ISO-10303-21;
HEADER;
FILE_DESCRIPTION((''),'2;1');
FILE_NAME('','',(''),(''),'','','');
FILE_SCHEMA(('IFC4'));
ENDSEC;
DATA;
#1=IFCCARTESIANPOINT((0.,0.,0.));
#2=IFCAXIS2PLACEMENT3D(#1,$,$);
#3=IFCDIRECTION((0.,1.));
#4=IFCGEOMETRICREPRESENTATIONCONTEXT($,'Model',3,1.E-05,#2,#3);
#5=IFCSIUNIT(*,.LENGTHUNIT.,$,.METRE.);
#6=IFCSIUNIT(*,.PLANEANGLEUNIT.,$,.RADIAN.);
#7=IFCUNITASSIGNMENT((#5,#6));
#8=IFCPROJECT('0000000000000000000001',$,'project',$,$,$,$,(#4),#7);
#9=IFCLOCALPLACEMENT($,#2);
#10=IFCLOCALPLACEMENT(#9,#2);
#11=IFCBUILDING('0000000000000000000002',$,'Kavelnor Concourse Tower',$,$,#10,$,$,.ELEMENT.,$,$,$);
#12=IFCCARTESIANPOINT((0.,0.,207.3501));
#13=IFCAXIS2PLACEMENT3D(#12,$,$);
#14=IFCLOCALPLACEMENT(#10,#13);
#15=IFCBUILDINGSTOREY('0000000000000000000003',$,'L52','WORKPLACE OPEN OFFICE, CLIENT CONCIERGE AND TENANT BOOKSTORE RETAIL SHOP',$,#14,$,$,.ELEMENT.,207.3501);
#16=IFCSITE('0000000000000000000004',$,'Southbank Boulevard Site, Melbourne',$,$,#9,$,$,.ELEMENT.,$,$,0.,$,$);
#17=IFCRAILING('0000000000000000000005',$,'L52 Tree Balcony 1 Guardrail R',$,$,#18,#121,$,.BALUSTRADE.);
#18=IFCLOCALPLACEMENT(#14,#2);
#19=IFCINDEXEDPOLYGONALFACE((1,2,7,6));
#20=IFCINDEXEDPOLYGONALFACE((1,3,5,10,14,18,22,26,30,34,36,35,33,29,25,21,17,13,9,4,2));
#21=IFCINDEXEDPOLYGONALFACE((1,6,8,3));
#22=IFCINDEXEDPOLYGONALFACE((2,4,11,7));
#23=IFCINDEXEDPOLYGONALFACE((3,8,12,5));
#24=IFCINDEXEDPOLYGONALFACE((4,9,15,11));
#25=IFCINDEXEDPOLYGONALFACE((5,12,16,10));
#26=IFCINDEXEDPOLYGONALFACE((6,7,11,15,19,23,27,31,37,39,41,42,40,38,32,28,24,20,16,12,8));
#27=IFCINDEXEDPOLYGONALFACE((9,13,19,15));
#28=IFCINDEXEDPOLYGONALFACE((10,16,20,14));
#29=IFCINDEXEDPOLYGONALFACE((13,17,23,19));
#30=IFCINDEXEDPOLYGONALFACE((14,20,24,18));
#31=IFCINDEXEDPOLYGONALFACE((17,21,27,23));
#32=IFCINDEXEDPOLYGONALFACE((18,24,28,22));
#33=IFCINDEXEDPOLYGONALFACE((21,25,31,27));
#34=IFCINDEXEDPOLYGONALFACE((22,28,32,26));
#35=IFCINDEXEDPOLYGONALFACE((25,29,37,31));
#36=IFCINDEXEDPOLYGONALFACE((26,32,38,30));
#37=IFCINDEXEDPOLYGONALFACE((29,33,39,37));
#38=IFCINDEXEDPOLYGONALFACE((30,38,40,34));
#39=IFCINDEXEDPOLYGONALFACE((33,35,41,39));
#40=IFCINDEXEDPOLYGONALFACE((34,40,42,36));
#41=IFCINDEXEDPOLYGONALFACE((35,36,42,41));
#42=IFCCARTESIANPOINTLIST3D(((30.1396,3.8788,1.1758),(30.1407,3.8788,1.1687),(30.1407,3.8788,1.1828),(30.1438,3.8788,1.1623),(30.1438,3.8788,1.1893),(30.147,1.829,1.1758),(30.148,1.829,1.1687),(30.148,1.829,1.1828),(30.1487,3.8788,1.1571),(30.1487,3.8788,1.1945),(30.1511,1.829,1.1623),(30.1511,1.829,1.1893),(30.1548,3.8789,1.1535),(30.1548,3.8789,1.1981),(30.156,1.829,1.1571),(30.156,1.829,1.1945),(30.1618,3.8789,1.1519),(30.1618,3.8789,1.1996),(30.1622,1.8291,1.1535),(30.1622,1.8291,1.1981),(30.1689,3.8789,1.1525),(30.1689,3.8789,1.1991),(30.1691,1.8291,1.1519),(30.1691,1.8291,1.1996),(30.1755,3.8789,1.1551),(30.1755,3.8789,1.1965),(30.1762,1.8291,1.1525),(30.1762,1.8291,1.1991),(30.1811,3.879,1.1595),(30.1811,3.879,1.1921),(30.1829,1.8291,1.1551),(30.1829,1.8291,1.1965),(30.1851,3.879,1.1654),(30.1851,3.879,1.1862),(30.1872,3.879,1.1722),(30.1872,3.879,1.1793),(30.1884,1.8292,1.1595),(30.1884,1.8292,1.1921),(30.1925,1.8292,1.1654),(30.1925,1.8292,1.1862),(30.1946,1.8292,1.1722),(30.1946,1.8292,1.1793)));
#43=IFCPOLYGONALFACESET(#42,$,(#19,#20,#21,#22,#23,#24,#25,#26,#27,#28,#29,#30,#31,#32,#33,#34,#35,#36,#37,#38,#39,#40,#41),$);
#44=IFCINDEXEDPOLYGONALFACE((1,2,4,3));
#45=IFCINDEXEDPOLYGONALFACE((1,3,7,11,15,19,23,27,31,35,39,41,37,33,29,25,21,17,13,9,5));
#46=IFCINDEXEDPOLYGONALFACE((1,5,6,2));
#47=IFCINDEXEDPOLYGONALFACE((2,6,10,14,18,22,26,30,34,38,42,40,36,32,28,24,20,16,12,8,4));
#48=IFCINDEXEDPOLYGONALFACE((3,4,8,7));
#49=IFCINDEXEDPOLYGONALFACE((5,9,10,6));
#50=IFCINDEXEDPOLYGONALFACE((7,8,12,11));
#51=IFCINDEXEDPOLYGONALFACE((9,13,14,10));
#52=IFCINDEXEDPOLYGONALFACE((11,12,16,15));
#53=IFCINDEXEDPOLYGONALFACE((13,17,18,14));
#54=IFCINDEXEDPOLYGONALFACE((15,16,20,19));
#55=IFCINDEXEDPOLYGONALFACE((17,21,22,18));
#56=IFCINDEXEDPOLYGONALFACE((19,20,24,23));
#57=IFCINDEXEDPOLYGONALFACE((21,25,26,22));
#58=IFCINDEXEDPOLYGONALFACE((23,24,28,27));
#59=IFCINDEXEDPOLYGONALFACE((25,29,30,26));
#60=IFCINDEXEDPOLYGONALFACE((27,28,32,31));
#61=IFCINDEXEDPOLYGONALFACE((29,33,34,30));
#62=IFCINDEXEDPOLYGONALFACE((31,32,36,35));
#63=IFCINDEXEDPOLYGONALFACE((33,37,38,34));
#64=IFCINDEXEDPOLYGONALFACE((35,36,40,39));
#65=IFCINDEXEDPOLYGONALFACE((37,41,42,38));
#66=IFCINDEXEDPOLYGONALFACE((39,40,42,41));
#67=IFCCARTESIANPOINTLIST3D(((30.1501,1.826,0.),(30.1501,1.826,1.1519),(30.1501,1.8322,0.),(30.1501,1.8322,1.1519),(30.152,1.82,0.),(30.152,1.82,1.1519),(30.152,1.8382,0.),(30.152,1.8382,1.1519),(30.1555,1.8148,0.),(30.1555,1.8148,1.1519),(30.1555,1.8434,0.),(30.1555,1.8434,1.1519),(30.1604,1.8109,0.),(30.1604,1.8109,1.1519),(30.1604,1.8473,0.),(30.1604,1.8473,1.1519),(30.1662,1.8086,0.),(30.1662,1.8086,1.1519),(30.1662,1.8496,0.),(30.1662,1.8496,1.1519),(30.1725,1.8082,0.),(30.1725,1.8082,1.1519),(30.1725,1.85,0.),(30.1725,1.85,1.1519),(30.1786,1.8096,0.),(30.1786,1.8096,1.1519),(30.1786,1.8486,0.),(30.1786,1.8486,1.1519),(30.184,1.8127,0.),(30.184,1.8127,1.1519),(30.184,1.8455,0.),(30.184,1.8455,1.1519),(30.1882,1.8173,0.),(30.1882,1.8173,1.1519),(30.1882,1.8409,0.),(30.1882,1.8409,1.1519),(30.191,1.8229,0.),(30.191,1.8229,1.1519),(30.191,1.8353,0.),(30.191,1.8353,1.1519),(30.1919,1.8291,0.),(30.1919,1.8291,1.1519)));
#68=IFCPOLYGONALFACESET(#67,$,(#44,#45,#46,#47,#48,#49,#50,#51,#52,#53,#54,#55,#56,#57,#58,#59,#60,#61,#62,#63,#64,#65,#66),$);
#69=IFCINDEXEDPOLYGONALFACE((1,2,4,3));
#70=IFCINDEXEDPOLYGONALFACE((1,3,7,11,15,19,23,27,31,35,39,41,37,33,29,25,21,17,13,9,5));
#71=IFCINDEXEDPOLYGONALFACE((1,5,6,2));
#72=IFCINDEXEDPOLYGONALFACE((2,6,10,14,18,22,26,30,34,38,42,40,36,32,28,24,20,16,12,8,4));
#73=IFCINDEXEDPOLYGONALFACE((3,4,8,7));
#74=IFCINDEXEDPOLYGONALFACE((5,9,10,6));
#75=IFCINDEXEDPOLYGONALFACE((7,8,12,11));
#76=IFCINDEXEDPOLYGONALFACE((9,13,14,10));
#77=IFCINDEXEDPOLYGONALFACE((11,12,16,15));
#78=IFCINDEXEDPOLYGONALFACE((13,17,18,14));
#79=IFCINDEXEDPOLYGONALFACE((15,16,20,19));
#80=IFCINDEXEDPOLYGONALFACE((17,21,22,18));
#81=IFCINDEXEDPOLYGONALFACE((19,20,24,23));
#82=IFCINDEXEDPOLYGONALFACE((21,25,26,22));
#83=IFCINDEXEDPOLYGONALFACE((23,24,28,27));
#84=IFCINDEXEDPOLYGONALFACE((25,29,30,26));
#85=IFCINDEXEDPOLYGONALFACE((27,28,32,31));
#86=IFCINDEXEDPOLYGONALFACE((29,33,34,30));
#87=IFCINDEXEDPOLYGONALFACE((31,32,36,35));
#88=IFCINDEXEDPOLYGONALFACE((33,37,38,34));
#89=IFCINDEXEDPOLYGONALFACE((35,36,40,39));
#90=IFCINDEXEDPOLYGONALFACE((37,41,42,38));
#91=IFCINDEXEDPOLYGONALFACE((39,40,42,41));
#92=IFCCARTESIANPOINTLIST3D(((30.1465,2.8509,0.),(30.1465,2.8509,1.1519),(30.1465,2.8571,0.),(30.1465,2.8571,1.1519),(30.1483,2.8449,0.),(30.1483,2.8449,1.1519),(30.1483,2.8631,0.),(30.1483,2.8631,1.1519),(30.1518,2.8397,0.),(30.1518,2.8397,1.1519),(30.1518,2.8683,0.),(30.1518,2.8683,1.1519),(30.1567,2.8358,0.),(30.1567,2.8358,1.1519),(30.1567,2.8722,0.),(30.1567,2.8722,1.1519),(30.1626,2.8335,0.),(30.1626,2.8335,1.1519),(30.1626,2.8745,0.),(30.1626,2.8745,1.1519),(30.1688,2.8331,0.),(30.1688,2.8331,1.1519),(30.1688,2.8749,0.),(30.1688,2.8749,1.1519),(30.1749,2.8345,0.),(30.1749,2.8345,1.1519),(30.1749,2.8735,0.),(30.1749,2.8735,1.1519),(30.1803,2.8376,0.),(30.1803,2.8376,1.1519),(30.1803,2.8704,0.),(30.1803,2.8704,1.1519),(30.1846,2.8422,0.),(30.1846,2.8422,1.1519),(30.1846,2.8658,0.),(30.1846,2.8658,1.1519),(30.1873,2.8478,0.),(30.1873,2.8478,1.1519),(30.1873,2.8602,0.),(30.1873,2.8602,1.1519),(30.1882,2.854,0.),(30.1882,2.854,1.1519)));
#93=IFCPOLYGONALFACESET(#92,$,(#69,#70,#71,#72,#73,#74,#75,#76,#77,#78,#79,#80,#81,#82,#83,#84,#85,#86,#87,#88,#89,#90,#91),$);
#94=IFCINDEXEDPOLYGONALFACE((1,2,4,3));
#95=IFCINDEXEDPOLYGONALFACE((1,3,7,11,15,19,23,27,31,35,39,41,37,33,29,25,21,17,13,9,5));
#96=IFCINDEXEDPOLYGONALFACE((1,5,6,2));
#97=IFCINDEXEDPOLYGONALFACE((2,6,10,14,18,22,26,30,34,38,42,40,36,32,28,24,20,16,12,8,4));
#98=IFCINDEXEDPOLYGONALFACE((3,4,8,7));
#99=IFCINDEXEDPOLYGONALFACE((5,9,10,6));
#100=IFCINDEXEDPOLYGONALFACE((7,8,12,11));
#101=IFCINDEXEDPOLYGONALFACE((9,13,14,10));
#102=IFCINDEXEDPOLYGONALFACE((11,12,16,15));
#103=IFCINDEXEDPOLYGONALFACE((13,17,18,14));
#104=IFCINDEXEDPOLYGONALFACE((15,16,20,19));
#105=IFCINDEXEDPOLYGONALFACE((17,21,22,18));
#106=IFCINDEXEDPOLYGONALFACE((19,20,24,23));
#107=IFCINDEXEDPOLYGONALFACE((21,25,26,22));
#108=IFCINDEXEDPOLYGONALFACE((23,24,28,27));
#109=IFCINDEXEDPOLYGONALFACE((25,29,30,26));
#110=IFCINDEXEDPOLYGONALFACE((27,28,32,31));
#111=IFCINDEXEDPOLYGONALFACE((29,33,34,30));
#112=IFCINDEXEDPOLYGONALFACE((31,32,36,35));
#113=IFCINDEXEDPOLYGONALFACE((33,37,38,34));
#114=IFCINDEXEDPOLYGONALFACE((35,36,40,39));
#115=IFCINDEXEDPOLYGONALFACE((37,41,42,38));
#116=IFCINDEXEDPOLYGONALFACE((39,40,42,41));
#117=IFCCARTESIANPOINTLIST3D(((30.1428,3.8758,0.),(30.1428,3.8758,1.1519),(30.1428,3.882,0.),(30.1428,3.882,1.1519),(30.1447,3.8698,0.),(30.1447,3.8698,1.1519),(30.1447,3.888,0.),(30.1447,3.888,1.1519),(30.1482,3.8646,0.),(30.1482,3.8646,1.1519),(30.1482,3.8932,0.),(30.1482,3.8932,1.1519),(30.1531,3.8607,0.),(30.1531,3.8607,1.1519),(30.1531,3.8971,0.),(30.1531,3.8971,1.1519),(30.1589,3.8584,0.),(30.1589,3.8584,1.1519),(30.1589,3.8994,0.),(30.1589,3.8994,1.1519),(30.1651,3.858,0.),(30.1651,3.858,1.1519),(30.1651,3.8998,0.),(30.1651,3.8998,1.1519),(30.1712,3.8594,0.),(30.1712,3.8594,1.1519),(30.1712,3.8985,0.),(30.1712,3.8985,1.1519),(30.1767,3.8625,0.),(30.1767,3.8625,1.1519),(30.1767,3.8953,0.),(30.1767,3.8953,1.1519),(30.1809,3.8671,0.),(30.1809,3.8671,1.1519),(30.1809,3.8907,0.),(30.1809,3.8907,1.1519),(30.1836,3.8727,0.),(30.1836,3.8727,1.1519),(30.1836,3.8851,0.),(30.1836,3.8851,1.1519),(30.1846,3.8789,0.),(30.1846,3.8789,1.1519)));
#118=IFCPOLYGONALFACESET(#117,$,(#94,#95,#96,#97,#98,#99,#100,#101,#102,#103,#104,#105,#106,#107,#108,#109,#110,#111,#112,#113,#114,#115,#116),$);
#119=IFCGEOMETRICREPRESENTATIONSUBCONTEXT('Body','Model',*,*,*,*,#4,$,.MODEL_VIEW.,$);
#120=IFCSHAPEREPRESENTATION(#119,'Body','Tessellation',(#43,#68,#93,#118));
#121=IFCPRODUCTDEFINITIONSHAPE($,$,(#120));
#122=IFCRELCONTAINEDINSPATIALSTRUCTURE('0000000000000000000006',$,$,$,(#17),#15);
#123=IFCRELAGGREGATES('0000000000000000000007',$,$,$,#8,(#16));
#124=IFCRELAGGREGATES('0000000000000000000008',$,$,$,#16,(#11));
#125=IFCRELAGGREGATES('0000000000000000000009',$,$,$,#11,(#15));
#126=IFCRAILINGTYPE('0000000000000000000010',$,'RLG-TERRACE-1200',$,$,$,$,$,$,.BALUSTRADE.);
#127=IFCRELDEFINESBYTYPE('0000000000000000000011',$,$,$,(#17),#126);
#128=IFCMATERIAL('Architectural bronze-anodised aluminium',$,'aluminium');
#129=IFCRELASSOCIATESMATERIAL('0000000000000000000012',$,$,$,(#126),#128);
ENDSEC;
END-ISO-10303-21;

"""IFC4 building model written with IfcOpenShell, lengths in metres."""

from ifc_helpers import new_model, si_unit, direction, frame, origin, origin_2d, place, context, subcontext, project, spatial, circle, extrude, material, type_object, element, save


model = new_model("IFC4")

# Units and contexts
model_context = context("Model", 3, precision=1e-05, world=origin(), true_north=direction((0.0, 1.0)))
body_context = subcontext(model_context, "Body", "Model", "MODEL_VIEW")
ifc_project = project(units=[si_unit("LENGTHUNIT", "METRE"), si_unit("PLANEANGLEUNIT", "RADIAN")], contexts=[model_context])

# Site, building, storey
site_placement = place(None, origin())
site = spatial("IfcSite", under=ifc_project, at=site_placement, Name="Southbank Boulevard Site, Melbourne", CompositionType="ELEMENT", RefElevation=0.0)
building_placement = place(site_placement, origin())
building = spatial("IfcBuilding", under=site, at=building_placement, Name="Kavelnor Concourse Tower", CompositionType="ELEMENT")
storey_placement = place(building_placement, frame((0.0, 0.0, 207.3501)))
storey = spatial("IfcBuildingStorey", under=building, at=storey_placement, Name="L52", Description="WORKPLACE OPEN OFFICE, CLIENT CONCIERGE AND TENANT BOOKSTORE RETAIL SHOP", CompositionType="ELEMENT", Elevation=207.3501)

# Railing
ifc_material_1 = material(Name="Architectural bronze-anodised aluminium", Category="aluminium")
railing_type = type_object("IfcRailingType", Name="RLG-TERRACE-1200", PredefinedType="BALUSTRADE", material=ifc_material_1)
railing_placement = place(storey_placement, frame((30.1709, 1.8291, 0.0)))
element("IfcRailing", 1, at=railing_placement, inside=storey, type_object=railing_type, Name="L52 Tree Balcony 1 Guardrail R", PredefinedType="BALUSTRADE", context=body_context, shape_type="SweptSolid", body=[
    extrude(circle(Radius=0.0239, at=origin_2d()), frame((0.0, 0.0, 1.1758), z_axis=(-0.003573, 0.999994, 0.0), x_axis=(-0.999994, -0.003573, 0.0)), (0.0, 0.0, 1.0), 2.0498),
    extrude(circle(Radius=0.021, at=origin_2d()), origin(), (0.0, 0.0, 1.0), 1.1519),
    extrude(circle(Radius=0.021, at=origin_2d()), frame((-0.0037, 1.0249, 0.0)), (0.0, 0.0, 1.0), 1.1519),
    extrude(circle(Radius=0.021, at=origin_2d()), frame((-0.0073, 2.0498, 0.0)), (0.0, 0.0, 1.0), 1.1519),
])

save(model, "model.ifc")
